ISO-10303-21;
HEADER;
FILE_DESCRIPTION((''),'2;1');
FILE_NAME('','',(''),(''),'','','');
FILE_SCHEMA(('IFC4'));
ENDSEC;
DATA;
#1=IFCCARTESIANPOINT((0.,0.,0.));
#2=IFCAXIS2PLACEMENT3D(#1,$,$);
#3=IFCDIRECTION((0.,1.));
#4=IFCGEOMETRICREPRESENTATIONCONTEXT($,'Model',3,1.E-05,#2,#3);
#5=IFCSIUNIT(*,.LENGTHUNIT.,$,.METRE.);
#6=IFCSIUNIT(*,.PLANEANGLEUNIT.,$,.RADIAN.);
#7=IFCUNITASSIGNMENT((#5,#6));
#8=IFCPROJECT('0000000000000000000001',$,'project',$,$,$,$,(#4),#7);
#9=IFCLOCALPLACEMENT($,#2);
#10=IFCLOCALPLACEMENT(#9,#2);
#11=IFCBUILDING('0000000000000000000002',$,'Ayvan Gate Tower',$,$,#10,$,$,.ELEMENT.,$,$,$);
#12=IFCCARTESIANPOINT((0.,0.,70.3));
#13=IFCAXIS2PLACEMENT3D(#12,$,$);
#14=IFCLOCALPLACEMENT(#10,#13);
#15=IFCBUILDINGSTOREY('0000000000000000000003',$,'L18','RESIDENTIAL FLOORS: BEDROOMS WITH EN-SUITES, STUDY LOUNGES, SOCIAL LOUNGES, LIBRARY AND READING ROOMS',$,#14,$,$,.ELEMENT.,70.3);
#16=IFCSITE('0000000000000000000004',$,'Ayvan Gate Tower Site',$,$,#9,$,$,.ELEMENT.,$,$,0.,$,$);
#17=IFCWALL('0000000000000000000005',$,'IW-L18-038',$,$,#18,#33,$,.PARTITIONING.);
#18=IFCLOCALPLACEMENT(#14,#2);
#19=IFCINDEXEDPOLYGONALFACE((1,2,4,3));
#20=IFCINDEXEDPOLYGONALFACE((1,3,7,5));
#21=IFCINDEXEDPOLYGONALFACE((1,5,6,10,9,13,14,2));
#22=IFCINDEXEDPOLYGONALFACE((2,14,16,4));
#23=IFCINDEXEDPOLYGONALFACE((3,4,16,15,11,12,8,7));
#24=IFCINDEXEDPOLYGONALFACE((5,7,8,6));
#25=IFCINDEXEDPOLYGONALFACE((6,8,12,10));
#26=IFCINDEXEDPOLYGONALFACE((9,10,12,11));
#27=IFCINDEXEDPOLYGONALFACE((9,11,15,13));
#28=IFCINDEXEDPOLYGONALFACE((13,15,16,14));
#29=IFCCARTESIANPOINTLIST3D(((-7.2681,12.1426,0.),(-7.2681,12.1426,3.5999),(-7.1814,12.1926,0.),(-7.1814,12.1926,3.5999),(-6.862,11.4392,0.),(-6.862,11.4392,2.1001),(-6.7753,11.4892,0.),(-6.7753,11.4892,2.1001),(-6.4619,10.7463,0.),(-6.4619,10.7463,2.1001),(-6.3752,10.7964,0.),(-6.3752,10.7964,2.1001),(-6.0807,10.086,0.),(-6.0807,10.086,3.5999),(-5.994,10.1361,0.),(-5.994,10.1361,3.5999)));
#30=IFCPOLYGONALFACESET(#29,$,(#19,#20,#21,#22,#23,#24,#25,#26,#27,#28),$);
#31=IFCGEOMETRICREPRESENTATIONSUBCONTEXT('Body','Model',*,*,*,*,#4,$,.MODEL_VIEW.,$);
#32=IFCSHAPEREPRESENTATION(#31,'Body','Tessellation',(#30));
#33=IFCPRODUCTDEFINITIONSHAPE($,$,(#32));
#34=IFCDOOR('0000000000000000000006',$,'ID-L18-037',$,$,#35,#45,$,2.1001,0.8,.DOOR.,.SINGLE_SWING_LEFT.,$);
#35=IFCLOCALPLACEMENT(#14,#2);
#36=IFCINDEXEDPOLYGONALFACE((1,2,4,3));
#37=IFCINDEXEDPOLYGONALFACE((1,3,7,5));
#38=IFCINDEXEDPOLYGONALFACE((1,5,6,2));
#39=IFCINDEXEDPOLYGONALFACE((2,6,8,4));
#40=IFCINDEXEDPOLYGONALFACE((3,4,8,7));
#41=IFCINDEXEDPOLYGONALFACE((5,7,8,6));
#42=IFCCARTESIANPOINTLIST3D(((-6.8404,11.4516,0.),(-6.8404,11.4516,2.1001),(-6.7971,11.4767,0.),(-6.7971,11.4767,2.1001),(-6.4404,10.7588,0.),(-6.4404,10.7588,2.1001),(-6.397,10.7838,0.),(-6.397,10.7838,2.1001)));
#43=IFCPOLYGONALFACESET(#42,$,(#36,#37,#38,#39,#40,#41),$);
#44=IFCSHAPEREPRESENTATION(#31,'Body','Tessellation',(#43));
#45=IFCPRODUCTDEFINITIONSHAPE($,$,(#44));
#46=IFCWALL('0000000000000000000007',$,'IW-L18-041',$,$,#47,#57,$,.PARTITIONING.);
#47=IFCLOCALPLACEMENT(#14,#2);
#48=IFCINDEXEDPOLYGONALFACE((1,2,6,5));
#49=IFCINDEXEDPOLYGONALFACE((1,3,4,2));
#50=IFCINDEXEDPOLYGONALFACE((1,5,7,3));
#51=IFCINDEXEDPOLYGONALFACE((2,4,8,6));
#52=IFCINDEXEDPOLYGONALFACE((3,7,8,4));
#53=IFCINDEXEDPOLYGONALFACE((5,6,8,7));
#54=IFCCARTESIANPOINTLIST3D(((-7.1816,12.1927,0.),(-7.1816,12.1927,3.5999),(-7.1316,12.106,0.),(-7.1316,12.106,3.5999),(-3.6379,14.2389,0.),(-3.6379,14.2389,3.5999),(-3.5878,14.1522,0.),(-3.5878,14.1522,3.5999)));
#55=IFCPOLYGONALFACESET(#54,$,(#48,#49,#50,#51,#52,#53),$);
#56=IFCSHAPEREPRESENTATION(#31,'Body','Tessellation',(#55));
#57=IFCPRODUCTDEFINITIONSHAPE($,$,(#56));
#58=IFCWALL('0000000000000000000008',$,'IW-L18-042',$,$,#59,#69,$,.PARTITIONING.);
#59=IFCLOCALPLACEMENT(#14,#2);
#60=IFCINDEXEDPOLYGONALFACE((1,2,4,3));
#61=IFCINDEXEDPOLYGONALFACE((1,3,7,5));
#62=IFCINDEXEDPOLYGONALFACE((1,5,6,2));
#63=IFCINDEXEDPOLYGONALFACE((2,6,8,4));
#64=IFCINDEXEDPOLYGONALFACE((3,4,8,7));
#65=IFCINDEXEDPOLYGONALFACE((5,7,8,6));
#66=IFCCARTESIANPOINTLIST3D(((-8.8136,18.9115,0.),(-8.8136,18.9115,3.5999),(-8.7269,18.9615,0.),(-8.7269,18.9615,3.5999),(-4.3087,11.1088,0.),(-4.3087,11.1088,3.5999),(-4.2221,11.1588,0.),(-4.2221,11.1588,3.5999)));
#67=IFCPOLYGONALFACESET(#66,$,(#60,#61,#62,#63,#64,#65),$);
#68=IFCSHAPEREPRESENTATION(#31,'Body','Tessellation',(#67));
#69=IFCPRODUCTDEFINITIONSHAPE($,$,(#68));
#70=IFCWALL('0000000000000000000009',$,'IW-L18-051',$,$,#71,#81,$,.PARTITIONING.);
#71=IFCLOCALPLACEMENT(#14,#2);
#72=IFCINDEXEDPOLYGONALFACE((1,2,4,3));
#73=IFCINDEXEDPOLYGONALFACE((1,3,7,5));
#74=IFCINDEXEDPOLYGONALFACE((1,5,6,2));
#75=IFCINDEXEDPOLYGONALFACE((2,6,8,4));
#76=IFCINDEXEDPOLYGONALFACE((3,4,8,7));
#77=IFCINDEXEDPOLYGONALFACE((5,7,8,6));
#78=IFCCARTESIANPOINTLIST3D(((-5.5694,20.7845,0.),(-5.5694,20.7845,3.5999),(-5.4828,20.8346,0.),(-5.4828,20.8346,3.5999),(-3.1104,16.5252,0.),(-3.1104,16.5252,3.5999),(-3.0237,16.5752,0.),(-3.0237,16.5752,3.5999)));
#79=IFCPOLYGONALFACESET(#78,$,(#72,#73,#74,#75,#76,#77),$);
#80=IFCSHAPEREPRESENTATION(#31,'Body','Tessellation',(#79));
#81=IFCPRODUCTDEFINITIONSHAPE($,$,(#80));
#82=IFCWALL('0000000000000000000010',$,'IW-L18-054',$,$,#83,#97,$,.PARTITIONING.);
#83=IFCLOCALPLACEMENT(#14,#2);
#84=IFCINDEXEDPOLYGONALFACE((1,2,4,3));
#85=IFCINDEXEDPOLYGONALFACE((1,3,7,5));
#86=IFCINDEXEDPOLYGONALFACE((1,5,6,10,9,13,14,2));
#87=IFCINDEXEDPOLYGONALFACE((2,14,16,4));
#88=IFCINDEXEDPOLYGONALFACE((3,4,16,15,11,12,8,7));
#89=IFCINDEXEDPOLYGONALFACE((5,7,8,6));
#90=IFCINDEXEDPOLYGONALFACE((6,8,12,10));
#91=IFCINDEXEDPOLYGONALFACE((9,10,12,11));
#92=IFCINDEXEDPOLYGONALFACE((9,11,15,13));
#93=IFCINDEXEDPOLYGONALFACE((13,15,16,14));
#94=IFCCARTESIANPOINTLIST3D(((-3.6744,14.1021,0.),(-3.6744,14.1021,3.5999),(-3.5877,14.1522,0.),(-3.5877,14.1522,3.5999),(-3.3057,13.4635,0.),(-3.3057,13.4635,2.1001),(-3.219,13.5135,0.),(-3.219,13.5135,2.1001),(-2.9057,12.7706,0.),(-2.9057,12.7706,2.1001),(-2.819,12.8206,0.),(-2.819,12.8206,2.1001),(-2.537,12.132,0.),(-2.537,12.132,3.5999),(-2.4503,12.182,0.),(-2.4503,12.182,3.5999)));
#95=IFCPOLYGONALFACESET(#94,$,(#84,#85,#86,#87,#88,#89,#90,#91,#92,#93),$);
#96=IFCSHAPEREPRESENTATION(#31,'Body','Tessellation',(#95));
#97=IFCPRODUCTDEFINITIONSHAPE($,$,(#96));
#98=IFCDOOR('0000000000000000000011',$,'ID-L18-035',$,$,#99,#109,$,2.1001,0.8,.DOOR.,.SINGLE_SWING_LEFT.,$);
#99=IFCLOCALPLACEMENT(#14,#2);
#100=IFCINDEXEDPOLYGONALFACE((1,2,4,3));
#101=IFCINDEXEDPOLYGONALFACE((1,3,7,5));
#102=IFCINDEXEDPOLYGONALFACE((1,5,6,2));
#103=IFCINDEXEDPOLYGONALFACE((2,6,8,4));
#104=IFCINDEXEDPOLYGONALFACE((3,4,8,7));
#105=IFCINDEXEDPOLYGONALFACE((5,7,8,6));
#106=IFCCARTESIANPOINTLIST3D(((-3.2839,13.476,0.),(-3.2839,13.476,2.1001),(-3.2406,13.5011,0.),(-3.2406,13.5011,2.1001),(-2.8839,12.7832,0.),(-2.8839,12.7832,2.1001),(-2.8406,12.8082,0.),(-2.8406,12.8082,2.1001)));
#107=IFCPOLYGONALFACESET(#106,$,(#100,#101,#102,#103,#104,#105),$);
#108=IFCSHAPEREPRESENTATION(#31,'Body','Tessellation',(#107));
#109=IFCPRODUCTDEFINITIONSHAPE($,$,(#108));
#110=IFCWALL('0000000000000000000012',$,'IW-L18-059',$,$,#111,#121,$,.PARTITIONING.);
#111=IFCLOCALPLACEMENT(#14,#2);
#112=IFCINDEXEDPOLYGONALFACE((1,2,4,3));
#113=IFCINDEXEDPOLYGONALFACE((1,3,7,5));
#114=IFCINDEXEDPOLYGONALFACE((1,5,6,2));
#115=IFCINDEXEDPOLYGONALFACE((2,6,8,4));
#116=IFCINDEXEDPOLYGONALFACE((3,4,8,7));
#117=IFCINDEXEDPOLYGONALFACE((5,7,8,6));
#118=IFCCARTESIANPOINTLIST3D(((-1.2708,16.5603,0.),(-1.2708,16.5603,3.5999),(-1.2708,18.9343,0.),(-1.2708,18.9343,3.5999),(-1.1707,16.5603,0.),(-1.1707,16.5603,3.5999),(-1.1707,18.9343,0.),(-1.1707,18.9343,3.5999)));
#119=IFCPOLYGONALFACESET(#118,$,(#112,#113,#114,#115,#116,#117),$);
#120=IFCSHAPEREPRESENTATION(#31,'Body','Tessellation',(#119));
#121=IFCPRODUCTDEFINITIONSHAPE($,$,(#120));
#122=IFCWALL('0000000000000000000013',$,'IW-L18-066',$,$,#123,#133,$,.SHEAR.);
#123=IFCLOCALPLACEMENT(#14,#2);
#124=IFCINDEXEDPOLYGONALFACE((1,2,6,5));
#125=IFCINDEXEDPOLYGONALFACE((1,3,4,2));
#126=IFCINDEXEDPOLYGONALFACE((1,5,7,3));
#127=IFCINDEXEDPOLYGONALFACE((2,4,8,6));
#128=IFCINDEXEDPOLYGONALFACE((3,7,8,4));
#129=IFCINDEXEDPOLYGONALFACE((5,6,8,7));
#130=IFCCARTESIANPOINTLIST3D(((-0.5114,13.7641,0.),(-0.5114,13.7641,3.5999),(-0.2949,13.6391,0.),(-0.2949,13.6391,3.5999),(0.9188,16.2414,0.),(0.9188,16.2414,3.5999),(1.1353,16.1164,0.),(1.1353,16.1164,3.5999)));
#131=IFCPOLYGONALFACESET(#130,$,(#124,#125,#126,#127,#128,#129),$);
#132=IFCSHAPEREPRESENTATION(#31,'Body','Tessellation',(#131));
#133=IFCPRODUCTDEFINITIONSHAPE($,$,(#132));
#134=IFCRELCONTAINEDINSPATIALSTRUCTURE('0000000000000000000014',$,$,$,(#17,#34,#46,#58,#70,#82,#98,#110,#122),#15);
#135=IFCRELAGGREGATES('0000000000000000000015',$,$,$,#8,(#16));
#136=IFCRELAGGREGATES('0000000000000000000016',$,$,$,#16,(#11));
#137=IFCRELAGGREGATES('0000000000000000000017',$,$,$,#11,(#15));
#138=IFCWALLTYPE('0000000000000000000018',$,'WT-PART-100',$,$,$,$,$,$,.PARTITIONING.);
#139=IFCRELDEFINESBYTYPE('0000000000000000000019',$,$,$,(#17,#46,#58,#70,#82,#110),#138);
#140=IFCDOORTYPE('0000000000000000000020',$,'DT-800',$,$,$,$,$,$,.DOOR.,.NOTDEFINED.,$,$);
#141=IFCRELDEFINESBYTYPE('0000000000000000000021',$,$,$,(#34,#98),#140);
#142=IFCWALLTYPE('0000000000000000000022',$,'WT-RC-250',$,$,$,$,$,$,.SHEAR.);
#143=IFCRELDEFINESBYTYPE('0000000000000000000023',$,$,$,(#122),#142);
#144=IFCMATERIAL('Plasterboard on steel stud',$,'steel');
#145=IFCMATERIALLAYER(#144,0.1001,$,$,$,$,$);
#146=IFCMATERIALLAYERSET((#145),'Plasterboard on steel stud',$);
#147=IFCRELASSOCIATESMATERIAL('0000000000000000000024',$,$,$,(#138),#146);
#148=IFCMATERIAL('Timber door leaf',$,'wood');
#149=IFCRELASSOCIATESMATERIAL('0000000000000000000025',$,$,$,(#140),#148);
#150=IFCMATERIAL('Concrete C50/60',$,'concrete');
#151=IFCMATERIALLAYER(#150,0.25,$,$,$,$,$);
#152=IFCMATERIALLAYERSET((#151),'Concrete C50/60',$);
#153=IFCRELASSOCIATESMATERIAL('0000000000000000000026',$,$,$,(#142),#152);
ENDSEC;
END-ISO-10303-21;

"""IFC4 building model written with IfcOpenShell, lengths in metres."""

from ifc_helpers import new_model, si_unit, direction, frame, frame_2d, origin, place, context, subcontext, project, spatial, rectangle, extrude, material, layer, layer_set, type_object, element, fill, save


model = new_model("IFC4")

# Units and contexts
model_context = context("Model", 3, precision=1e-05, world=origin(), true_north=direction((0.0, 1.0)))
body_context = subcontext(model_context, "Body", "Model", "MODEL_VIEW")
ifc_project = project(units=[si_unit("LENGTHUNIT", "METRE"), si_unit("PLANEANGLEUNIT", "RADIAN")], contexts=[model_context])

# Site, building, storey
site_placement = place(None, origin())
site = spatial("IfcSite", under=ifc_project, at=site_placement, Name="Ayvan Gate Tower Site", CompositionType="ELEMENT", RefElevation=0.0)
building_placement = place(site_placement, origin())
building = spatial("IfcBuilding", under=site, at=building_placement, Name="Ayvan Gate Tower", CompositionType="ELEMENT")
storey_placement = place(building_placement, frame((0.0, 0.0, 70.3)))
storey = spatial("IfcBuildingStorey", under=building, at=storey_placement, Name="L18", Description="RESIDENTIAL FLOORS: BEDROOMS WITH EN-SUITES, STUDY LOUNGES, SOCIAL LOUNGES, LIBRARY AND READING ROOMS", CompositionType="ELEMENT", Elevation=70.3)

# Shared definitions
ifc_material_1 = material(Name="Timber door leaf", Category="wood")

# Shared definitions
ifc_material_2 = material(Name="Plasterboard on steel stud", Category="steel")

# Wall, opening, door
ifc_layer_1 = layer(ifc_material_2, 0.1001)
ifc_layer_set_1 = layer_set([ifc_layer_1], Name="Plasterboard on steel stud")
wall_type_1 = type_object("IfcWallType", Name="WT-PART-100", PredefinedType="PARTITIONING", material=ifc_layer_set_1)
wall_1_placement = place(storey_placement, frame((-7.2249, 12.1677, 0.0), z_axis=(0.0, 0.0, 1.0), x_axis=(0.500031, -0.866008, 0.0)))
wall_1 = element("IfcWall", 1, at=wall_1_placement, inside=storey, type_object=wall_type_1, Name="IW-L18-038", PredefinedType="PARTITIONING", context=body_context, shape_type="SweptSolid", body=[
    extrude(rectangle(XDim=2.3748, YDim=0.1001, at=frame_2d((1.1875, 0.0))), origin(), (0.0, 0.0, 1.0), 3.5999),
])
opening_1_placement = place(wall_1_placement, frame((0.8125, 0.0, 0.0)))
opening_1 = element("IfcOpeningElement", 2, at=opening_1_placement, cuts=wall_1, PredefinedType="OPENING", context=body_context, shape_type="SweptSolid", body=[
    extrude(rectangle(XDim=0.8, YDim=2.1001, at=frame_2d((0.3999, 1.05))), frame((0.0, 0.0601, 0.0), z_axis=(0.0, -1.0, 0.0), x_axis=(1.0, 0.0, 0.0)), (0.0, 0.0, 1.0), 0.1201),
])
door_type_1 = type_object("IfcDoorType", Name="DT-800", OperationType="NOTDEFINED", PredefinedType="DOOR", material=ifc_material_1)
door_1_placement = place(opening_1_placement, origin())
door_1 = element("IfcDoor", 3, at=door_1_placement, inside=storey, type_object=door_type_1, Name="ID-L18-037", OperationType="SINGLE_SWING_LEFT", OverallHeight=2.1001, OverallWidth=0.8, PredefinedType="DOOR", context=body_context, shape_type="SweptSolid", body=[
    extrude(rectangle(XDim=0.8, YDim=2.1001, at=frame_2d((0.3999, 1.05))), frame((0.0, 0.0249, 0.0), z_axis=(0.0, -1.0, 0.0), x_axis=(1.0, 0.0, 0.0)), (0.0, 0.0, 1.0), 0.05),
])
fill(opening_1, door_1)

# Walls
wall_2_placement = place(storey_placement, frame((-7.1565, 12.1494, 0.0), z_axis=(0.0, 0.0, 1.0), x_axis=(0.866006, 0.500034, 0.0)))
element("IfcWall", 4, at=wall_2_placement, inside=storey, type_object=wall_type_1, Name="IW-L18-041", PredefinedType="PARTITIONING", context=body_context, shape_type="SweptSolid", body=[
    extrude(rectangle(XDim=4.092, YDim=0.1001, at=frame_2d((2.0459, 0.0))), origin(), (0.0, 0.0, 1.0), 3.5999),
])
wall_3_placement = place(storey_placement, frame((-8.7703, 18.9365, 0.0), z_axis=(0.0, 0.0, 1.0), x_axis=(0.499998, -0.866027, 0.0)))
element("IfcWall", 5, at=wall_3_placement, inside=storey, type_object=wall_type_1, Name="IW-L18-042", PredefinedType="PARTITIONING", context=body_context, shape_type="SweptSolid", body=[
    extrude(rectangle(XDim=9.0098, YDim=0.1001, at=frame_2d((4.5049, 0.0))), origin(), (0.0, 0.0, 1.0), 3.5999),
])
wall_4_placement = place(storey_placement, frame((-3.0671, 16.5503, 0.0), z_axis=(0.0, 0.0, 1.0), x_axis=(-0.499983, 0.866035, 0.0)))
element("IfcWall", 6, at=wall_4_placement, inside=storey, type_object=wall_type_1, Name="IW-L18-051", PredefinedType="PARTITIONING", context=body_context, shape_type="SweptSolid", body=[
    extrude(rectangle(XDim=4.9182, YDim=0.1001, at=frame_2d((2.459, 0.0))), origin(), (0.0, 0.0, 1.0), 3.5999),
])

# Wall, opening, door
wall_5_placement = place(storey_placement, frame((-2.4937, 12.157, 0.0), z_axis=(0.0, 0.0, 1.0), x_axis=(-0.499983, 0.866035, 0.0)))
wall_5 = element("IfcWall", 7, at=wall_5_placement, inside=storey, type_object=wall_type_1, Name="IW-L18-054", PredefinedType="PARTITIONING", context=body_context, shape_type="SweptSolid", body=[
    extrude(rectangle(XDim=2.2749, YDim=0.1001, at=frame_2d((1.1375, 0.0))), origin(), (0.0, 0.0, 1.0), 3.5999),
])
opening_2_placement = place(wall_5_placement, frame((0.7375, 0.0, 0.0)))
opening_2 = element("IfcOpeningElement", 8, at=opening_2_placement, cuts=wall_5, PredefinedType="OPENING", context=body_context, shape_type="SweptSolid", body=[
    extrude(rectangle(XDim=0.8, YDim=2.1001, at=frame_2d((0.3999, 1.05))), frame((0.0, 0.0601, 0.0), z_axis=(0.0, -1.0, 0.0), x_axis=(1.0, 0.0, 0.0)), (0.0, 0.0, 1.0), 0.1201),
])
door_2_placement = place(opening_2_placement, origin())
door_2 = element("IfcDoor", 9, at=door_2_placement, inside=storey, type_object=door_type_1, Name="ID-L18-035", OperationType="SINGLE_SWING_LEFT", OverallHeight=2.1001, OverallWidth=0.8, PredefinedType="DOOR", context=body_context, shape_type="SweptSolid", body=[
    extrude(rectangle(XDim=0.8, YDim=2.1001, at=frame_2d((0.3999, 1.05))), frame((0.0, 0.0249, 0.0), z_axis=(0.0, -1.0, 0.0), x_axis=(1.0, 0.0, 0.0)), (0.0, 0.0, 1.0), 0.05),
])
fill(opening_2, door_2)

# Walls
wall_6_placement = place(storey_placement, frame((-1.2207, 18.9343, 0.0), z_axis=(0.0, 0.0, 1.0), x_axis=(0.0, -1.0, 0.0)))
element("IfcWall", 10, at=wall_6_placement, inside=storey, type_object=wall_type_1, Name="IW-L18-059", PredefinedType="PARTITIONING", context=body_context, shape_type="SweptSolid", body=[
    extrude(rectangle(XDim=2.374, YDim=0.1001, at=frame_2d((1.187, 0.0))), origin(), (0.0, 0.0, 1.0), 3.5999),
])
ifc_material_3 = material(Name="Concrete C50/60", Category="concrete")
ifc_layer_2 = layer(ifc_material_3, 0.25)
ifc_layer_set_2 = layer_set([ifc_layer_2], Name="Concrete C50/60")
wall_type_2 = type_object("IfcWallType", Name="WT-RC-250", PredefinedType="SHEAR", material=ifc_layer_set_2)
wall_7_placement = place(storey_placement, frame((-0.4031, 13.7017, 0.0), z_axis=(0.0, 0.0, 1.0), x_axis=(0.499976, 0.866039, 0.0)))
element("IfcWall", 11, at=wall_7_placement, inside=storey, type_object=wall_type_2, Name="IW-L18-066", PredefinedType="SHEAR", context=body_context, shape_type="SweptSolid", body=[
    extrude(rectangle(XDim=2.8606, YDim=0.25, at=frame_2d((1.4302, 0.0))), origin(), (0.0, 0.0, 1.0), 3.5999),
])

save(model, "model.ifc")
